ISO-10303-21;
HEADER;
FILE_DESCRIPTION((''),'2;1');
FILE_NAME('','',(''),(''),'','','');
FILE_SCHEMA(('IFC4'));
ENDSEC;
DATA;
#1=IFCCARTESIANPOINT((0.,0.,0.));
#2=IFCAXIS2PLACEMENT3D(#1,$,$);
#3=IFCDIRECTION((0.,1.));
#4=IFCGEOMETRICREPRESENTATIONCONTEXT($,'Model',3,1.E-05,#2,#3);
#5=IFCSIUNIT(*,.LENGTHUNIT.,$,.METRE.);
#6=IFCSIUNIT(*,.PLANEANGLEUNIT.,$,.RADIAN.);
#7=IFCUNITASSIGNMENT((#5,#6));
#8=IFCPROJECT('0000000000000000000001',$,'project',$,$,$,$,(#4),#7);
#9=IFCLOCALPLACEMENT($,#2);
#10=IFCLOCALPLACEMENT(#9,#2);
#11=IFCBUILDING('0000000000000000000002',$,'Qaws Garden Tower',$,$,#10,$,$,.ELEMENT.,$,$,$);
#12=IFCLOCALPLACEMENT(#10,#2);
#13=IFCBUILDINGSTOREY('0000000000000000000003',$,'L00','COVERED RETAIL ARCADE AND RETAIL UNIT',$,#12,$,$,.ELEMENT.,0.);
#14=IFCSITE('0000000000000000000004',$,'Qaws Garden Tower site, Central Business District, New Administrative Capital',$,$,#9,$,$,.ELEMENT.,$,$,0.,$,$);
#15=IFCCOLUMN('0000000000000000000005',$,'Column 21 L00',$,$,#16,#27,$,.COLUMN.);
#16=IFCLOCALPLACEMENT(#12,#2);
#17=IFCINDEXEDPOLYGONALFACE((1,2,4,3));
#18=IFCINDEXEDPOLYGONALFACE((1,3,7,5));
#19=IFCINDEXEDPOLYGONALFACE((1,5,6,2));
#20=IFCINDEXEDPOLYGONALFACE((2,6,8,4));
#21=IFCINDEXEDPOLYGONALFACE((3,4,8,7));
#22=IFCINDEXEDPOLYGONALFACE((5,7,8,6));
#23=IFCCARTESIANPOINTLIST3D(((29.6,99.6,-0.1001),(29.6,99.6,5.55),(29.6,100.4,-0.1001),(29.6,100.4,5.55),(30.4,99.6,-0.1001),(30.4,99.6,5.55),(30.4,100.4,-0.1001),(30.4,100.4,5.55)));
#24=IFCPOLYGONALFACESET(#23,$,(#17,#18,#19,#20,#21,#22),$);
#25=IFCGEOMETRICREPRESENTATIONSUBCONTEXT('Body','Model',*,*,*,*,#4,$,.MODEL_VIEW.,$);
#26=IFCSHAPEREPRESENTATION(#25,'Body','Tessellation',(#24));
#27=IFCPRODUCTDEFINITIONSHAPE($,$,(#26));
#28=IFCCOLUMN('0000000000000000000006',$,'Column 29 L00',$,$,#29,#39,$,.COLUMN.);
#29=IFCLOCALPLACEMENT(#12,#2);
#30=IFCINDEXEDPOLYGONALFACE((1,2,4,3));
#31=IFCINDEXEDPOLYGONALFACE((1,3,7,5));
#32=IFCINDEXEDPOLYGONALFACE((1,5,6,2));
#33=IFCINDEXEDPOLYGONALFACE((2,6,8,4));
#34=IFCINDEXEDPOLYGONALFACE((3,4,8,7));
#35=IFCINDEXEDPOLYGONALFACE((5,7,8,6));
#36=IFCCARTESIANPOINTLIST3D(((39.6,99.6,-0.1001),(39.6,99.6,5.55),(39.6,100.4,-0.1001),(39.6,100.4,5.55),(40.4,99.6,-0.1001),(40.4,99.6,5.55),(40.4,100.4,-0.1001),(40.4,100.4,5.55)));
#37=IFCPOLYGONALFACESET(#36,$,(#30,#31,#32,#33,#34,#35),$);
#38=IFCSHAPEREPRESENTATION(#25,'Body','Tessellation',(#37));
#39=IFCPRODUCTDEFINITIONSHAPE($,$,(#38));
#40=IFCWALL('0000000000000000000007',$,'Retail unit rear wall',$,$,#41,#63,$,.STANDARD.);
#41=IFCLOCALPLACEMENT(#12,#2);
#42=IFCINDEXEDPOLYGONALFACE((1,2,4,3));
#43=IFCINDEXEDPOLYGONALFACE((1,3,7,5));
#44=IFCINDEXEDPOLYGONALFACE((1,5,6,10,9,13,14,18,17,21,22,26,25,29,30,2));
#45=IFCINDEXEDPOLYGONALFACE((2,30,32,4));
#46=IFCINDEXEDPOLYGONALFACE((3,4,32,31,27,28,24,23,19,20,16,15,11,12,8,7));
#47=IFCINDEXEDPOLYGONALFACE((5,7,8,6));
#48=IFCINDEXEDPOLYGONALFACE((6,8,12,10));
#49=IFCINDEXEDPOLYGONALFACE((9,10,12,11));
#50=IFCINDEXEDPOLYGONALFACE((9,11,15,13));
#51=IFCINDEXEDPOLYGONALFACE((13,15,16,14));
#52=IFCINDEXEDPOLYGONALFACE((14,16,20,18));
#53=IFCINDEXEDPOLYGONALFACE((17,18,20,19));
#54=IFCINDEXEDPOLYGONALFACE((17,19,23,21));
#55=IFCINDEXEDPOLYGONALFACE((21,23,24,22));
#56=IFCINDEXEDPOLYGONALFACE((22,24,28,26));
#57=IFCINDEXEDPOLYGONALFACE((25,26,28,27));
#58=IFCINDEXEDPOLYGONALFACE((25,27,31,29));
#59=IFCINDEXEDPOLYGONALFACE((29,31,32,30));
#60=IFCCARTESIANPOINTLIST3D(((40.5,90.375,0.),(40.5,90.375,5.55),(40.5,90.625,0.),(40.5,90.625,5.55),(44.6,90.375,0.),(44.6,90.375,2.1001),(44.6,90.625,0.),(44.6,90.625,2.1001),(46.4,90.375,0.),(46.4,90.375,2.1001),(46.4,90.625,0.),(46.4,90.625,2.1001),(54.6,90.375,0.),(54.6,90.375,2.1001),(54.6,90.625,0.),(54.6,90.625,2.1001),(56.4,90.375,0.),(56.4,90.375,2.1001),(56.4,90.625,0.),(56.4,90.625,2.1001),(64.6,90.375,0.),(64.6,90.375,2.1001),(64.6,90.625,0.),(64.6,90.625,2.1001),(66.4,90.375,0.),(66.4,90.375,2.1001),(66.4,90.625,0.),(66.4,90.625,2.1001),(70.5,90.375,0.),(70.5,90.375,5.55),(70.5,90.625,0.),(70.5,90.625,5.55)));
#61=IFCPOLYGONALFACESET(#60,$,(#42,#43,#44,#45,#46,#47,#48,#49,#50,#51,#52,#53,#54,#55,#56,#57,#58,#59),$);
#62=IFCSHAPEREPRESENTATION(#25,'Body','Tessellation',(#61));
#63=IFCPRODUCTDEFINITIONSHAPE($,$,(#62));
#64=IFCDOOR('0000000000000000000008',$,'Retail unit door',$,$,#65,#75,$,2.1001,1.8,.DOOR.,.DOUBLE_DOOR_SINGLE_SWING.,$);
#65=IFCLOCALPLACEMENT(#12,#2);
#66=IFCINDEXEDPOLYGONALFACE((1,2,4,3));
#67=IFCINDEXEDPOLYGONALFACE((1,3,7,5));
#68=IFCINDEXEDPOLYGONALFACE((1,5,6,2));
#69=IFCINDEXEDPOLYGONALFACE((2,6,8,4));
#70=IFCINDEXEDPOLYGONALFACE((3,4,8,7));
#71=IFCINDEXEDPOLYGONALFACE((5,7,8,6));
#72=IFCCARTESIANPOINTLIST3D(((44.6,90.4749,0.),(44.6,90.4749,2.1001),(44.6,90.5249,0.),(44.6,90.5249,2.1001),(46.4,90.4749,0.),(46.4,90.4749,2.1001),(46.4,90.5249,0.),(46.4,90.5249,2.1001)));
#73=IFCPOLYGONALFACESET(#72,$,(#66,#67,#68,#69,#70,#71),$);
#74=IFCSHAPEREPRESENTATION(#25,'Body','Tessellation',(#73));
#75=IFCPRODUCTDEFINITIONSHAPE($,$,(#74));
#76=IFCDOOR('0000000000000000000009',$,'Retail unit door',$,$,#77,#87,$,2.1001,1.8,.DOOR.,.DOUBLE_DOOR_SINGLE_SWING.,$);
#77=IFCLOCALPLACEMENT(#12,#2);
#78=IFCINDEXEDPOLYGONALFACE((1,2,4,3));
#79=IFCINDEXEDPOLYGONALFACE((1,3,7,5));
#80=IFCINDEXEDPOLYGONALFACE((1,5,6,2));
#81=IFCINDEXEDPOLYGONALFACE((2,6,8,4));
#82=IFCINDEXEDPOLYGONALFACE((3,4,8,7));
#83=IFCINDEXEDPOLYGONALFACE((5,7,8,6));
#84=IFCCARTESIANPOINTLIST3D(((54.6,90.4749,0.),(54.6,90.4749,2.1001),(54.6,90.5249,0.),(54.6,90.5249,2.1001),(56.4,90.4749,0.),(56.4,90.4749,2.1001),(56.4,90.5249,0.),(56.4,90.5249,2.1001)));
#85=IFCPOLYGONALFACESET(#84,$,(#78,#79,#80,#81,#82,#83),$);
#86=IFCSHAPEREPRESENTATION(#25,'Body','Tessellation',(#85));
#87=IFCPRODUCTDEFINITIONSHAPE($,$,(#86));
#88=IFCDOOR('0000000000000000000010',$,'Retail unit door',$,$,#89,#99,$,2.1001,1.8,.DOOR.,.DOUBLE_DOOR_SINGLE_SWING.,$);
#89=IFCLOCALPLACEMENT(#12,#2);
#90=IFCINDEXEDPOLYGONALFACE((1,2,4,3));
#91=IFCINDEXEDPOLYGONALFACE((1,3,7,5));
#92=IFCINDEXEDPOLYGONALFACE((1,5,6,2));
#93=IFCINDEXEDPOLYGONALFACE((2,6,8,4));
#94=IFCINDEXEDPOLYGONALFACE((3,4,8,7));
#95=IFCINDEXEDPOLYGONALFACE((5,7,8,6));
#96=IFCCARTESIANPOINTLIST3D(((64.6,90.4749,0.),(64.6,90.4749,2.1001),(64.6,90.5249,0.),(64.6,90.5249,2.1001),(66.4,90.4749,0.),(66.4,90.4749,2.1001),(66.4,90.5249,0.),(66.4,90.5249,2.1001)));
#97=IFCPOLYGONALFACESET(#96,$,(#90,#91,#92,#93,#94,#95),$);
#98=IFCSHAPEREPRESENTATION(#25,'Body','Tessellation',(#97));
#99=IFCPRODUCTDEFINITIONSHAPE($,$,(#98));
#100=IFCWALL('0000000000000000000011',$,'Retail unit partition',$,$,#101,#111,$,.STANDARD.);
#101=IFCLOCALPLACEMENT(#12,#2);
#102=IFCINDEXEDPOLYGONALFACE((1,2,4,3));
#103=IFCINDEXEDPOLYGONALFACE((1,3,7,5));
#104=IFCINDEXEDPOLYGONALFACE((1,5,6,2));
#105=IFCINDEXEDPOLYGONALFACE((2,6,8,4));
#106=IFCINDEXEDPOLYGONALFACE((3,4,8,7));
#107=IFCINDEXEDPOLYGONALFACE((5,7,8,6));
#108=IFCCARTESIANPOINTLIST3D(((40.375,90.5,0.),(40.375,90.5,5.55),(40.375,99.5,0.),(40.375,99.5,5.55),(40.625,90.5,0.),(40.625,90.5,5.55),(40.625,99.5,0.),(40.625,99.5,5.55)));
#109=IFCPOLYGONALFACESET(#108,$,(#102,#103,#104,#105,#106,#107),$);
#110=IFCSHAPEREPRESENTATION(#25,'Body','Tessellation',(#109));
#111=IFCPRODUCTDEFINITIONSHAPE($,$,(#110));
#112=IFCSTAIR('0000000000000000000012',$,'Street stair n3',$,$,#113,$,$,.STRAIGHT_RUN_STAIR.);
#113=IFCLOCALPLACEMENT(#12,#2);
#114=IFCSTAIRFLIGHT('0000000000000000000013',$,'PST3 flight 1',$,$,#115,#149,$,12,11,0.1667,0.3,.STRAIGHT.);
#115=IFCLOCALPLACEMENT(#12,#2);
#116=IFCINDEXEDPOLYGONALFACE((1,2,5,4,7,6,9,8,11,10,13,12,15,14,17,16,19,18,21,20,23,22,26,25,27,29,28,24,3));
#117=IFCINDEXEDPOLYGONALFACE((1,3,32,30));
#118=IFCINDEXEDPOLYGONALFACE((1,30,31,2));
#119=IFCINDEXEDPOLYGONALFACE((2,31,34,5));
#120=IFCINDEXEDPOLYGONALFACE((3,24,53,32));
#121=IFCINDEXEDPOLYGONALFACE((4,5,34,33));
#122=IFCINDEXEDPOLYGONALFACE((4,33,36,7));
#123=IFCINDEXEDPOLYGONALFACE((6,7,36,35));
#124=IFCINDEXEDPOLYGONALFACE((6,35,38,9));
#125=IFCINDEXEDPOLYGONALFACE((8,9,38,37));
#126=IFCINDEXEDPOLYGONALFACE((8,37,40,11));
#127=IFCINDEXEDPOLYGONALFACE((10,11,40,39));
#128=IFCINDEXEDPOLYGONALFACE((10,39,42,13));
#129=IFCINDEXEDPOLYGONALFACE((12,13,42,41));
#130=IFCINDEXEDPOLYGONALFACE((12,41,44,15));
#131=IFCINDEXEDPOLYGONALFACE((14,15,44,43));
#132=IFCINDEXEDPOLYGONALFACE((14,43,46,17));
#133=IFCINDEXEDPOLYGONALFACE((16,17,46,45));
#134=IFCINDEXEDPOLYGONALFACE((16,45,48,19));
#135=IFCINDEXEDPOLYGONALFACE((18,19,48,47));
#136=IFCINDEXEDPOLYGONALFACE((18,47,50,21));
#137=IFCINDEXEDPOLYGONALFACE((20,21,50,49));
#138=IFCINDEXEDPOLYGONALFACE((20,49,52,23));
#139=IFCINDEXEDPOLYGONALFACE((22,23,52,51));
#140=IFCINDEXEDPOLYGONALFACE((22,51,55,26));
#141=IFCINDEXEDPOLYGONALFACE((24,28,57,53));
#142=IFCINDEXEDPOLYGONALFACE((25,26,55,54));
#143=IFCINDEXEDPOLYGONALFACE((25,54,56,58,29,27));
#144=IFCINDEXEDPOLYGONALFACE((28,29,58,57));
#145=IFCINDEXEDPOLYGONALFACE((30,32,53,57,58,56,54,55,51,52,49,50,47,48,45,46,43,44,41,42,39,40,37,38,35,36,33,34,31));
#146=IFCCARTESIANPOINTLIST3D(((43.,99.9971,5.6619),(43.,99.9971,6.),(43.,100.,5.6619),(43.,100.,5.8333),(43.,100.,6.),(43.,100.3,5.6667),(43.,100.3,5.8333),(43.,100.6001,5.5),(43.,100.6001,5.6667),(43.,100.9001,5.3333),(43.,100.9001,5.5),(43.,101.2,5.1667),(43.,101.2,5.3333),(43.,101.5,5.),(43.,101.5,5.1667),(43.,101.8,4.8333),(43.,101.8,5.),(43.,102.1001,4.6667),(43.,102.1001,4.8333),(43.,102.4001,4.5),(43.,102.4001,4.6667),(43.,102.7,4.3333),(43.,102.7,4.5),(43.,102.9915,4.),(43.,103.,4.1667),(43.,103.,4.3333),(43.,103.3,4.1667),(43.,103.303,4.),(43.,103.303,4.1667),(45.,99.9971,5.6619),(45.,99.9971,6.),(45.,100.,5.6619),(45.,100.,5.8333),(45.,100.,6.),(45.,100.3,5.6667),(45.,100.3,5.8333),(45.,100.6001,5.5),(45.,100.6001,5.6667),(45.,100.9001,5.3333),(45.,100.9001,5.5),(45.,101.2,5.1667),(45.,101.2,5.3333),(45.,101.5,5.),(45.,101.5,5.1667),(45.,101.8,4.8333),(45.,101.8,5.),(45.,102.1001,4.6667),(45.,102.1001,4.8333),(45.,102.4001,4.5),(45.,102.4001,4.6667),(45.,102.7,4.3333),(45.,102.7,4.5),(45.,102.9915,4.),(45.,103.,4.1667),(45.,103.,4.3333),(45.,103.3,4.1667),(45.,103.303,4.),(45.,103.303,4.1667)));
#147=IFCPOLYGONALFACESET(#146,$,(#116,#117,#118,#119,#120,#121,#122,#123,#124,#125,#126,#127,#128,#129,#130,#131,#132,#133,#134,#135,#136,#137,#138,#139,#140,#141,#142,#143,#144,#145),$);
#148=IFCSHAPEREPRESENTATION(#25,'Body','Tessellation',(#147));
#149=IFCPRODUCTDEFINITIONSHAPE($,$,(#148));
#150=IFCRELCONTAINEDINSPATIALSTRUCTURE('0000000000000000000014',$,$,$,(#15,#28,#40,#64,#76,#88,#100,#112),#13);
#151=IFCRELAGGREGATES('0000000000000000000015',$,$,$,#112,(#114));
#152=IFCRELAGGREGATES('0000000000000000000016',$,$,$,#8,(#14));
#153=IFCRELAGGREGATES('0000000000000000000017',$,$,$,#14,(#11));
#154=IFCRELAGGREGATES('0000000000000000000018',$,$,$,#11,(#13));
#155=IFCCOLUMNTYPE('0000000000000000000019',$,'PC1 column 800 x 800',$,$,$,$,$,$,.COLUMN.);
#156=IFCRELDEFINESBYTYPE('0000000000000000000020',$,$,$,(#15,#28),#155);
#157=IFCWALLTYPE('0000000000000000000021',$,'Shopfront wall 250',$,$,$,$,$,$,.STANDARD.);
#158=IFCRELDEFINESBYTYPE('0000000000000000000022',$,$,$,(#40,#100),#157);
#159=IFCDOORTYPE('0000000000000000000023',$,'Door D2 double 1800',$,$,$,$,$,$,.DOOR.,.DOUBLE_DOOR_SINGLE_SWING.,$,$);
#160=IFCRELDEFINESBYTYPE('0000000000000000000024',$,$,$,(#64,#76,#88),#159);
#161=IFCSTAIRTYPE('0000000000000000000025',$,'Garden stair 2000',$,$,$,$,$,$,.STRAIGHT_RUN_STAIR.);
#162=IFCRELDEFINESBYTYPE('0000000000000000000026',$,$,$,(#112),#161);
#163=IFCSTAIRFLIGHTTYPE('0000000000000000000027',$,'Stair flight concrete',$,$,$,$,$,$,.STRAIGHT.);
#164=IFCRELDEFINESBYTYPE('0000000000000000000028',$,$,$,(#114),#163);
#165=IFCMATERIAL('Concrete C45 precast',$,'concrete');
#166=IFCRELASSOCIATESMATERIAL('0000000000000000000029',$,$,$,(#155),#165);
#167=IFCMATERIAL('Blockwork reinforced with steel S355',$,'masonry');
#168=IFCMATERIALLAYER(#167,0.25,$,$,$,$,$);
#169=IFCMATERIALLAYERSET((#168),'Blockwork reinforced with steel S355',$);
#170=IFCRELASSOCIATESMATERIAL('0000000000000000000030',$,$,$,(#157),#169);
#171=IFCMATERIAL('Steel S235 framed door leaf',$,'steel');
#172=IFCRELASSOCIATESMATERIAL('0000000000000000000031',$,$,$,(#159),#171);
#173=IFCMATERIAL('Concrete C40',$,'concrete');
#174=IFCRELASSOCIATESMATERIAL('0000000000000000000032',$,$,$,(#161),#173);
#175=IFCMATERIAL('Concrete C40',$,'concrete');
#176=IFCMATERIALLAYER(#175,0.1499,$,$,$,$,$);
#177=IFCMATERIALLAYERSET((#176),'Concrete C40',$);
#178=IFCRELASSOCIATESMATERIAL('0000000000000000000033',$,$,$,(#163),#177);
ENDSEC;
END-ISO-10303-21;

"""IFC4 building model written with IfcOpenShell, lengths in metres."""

from ifc_helpers import new_model, si_unit, direction, frame, frame_2d, origin, origin_2d, place, context, subcontext, project, spatial, polyline, rectangle, outline, extrude, material, layer, layer_set, material_profile, profile_set, type_object, element, fill, aggregate, save


model = new_model("IFC4")

# Units and contexts
model_context = context("Model", 3, precision=1e-05, world=origin(), true_north=direction((0.0, 1.0)))
body_context = subcontext(model_context, "Body", "Model", "MODEL_VIEW")
ifc_project = project(units=[si_unit("LENGTHUNIT", "METRE"), si_unit("PLANEANGLEUNIT", "RADIAN")], contexts=[model_context])

# Site, building, storey
site_placement = place(None, origin())
site = spatial("IfcSite", under=ifc_project, at=site_placement, Name="Qaws Garden Tower site, Central Business District, New Administrative Capital", CompositionType="ELEMENT", RefElevation=0.0)
building_placement = place(site_placement, origin())
building = spatial("IfcBuilding", under=site, at=building_placement, Name="Qaws Garden Tower", CompositionType="ELEMENT")
storey_placement = place(building_placement, origin())
storey = spatial("IfcBuildingStorey", under=building, at=storey_placement, Name="L00", Description="COVERED RETAIL ARCADE AND RETAIL UNIT", CompositionType="ELEMENT", Elevation=0.0)

# Columns
ifc_material_1 = material(Name="Concrete C45 precast", Category="concrete")
ifc_material_profile = material_profile(ifc_material_1, rectangle(XDim=0.8, YDim=0.8, at=origin_2d()), Name="PC1 column 800 x 800")
ifc_profile_set = profile_set([ifc_material_profile], Name="Concrete C45 precast")
column_type = type_object("IfcColumnType", Name="PC1 column 800 x 800", PredefinedType="COLUMN", material=ifc_profile_set)
for number, where, z_axis, x_axis, name in (
    (1, (30.0, 100.0, -0.1001), (0.0, 0.0, 1.0), (1.0, 0.0, 0.0), "Column 21 L00"),
    (2, (40.0, 100.0, -0.1001), (0.0, 0.0, 1.0), (1.0, 0.0, 0.0), "Column 29 L00"),
):
    element("IfcColumn", number, at=place(storey_placement, frame(where, z_axis=z_axis, x_axis=x_axis)), inside=storey, type_object=column_type, Name=name, PredefinedType="COLUMN", context=body_context, shape_type="SweptSolid", body=[
        extrude(rectangle(XDim=0.8, YDim=0.8, at=origin_2d()), origin(), (0.0, 0.0, 1.0), 5.6501),
    ])

# Shared definitions
ifc_material_2 = material(Name="Blockwork reinforced with steel S355", Category="masonry")
ifc_layer_1 = layer(ifc_material_2, 0.25)
ifc_layer_set_1 = layer_set([ifc_layer_1], Name="Blockwork reinforced with steel S355")
wall_type = type_object("IfcWallType", Name="Shopfront wall 250", PredefinedType="STANDARD", material=ifc_layer_set_1)

# Wall, openings, doors
wall_1_placement = place(storey_placement, frame((40.5, 90.5, 0.0), z_axis=(0.0, 0.0, 1.0), x_axis=(1.0, 0.0, 0.0)))
wall_1 = element("IfcWall", 3, at=wall_1_placement, inside=storey, type_object=wall_type, Name="Retail unit rear wall", PredefinedType="STANDARD", context=body_context, shape_type="SweptSolid", body=[
    extrude(rectangle(XDim=30.0, YDim=0.25, at=frame_2d((15.0, 0.0))), origin(), (0.0, 0.0, 1.0), 5.55),
])
opening_1_placement = place(wall_1_placement, frame((4.1001, 0.0, 0.0)))
opening_1 = element("IfcOpeningElement", 4, at=opening_1_placement, cuts=wall_1, PredefinedType="OPENING", context=body_context, shape_type="SweptSolid", body=[
    extrude(rectangle(XDim=1.8, YDim=2.1001, at=frame_2d((0.8999, 1.05))), frame((0.0, 0.135, 0.0), z_axis=(0.0, -1.0, 0.0), x_axis=(1.0, 0.0, 0.0)), (0.0, 0.0, 1.0), 0.27),
])
opening_2_placement = place(wall_1_placement, frame((14.1001, 0.0, 0.0)))
opening_2 = element("IfcOpeningElement", 5, at=opening_2_placement, cuts=wall_1, PredefinedType="OPENING", context=body_context, shape_type="SweptSolid", body=[
    extrude(rectangle(XDim=1.8, YDim=2.1001, at=frame_2d((0.8999, 1.05))), frame((0.0, 0.135, 0.0), z_axis=(0.0, -1.0, 0.0), x_axis=(1.0, 0.0, 0.0)), (0.0, 0.0, 1.0), 0.27),
])
opening_3_placement = place(wall_1_placement, frame((24.1001, 0.0, 0.0)))
opening_3 = element("IfcOpeningElement", 6, at=opening_3_placement, cuts=wall_1, PredefinedType="OPENING", context=body_context, shape_type="SweptSolid", body=[
    extrude(rectangle(XDim=1.8, YDim=2.1001, at=frame_2d((0.8999, 1.05))), frame((0.0, 0.135, 0.0), z_axis=(0.0, -1.0, 0.0), x_axis=(1.0, 0.0, 0.0)), (0.0, 0.0, 1.0), 0.27),
])
ifc_material_3 = material(Name="Steel S235 framed door leaf", Category="steel")
door_type_1 = type_object("IfcDoorType", Name="Door D2 double 1800", OperationType="DOUBLE_DOOR_SINGLE_SWING", PredefinedType="DOOR", material=ifc_material_3)
door_1_placement = place(opening_1_placement, origin())
door_1 = element("IfcDoor", 7, at=door_1_placement, inside=storey, type_object=door_type_1, Name="Retail unit door", OperationType="DOUBLE_DOOR_SINGLE_SWING", OverallHeight=2.1001, OverallWidth=1.8, PredefinedType="DOOR", context=body_context, shape_type="SweptSolid", body=[
    extrude(rectangle(XDim=1.8, YDim=2.1001, at=frame_2d((0.8999, 1.05))), frame((0.0, 0.0249, 0.0), z_axis=(0.0, -1.0, 0.0), x_axis=(1.0, 0.0, 0.0)), (0.0, 0.0, 1.0), 0.05),
])
fill(opening_1, door_1)
door_2_placement = place(opening_2_placement, origin())
door_2 = element("IfcDoor", 8, at=door_2_placement, inside=storey, type_object=door_type_1, Name="Retail unit door", OperationType="DOUBLE_DOOR_SINGLE_SWING", OverallHeight=2.1001, OverallWidth=1.8, PredefinedType="DOOR", context=body_context, shape_type="SweptSolid", body=[
    extrude(rectangle(XDim=1.8, YDim=2.1001, at=frame_2d((0.8999, 1.05))), frame((0.0, 0.0249, 0.0), z_axis=(0.0, -1.0, 0.0), x_axis=(1.0, 0.0, 0.0)), (0.0, 0.0, 1.0), 0.05),
])
fill(opening_2, door_2)
door_3_placement = place(opening_3_placement, origin())
door_3 = element("IfcDoor", 9, at=door_3_placement, inside=storey, type_object=door_type_1, Name="Retail unit door", OperationType="DOUBLE_DOOR_SINGLE_SWING", OverallHeight=2.1001, OverallWidth=1.8, PredefinedType="DOOR", context=body_context, shape_type="SweptSolid", body=[
    extrude(rectangle(XDim=1.8, YDim=2.1001, at=frame_2d((0.8999, 1.05))), frame((0.0, 0.0249, 0.0), z_axis=(0.0, -1.0, 0.0), x_axis=(1.0, 0.0, 0.0)), (0.0, 0.0, 1.0), 0.05),
])
fill(opening_3, door_3)

# Wall
wall_2_placement = place(storey_placement, frame((40.5, 90.5, 0.0), z_axis=(0.0, 0.0, 1.0), x_axis=(0.0, 1.0, 0.0)))
element("IfcWall", 10, at=wall_2_placement, inside=storey, type_object=wall_type, Name="Retail unit partition", PredefinedType="STANDARD", context=body_context, shape_type="SweptSolid", body=[
    extrude(rectangle(XDim=9.0, YDim=0.25, at=frame_2d((4.5, 0.0))), origin(), (0.0, 0.0, 1.0), 5.55),
])

# Stair, stair flight
ifc_material_4 = material(Name="Concrete C40", Category="concrete")
stair_type = type_object("IfcStairType", Name="Garden stair 2000", PredefinedType="STRAIGHT_RUN_STAIR", material=ifc_material_4)
placement = place(storey_placement, origin())
stair_1 = element("IfcStair", 11, at=placement, inside=storey, type_object=stair_type, Name="Street stair n3", PredefinedType="STRAIGHT_RUN_STAIR")
ifc_material_5 = material(Name="Concrete C40", Category="concrete")
ifc_layer_2 = layer(ifc_material_5, 0.1499)
ifc_layer_set_2 = layer_set([ifc_layer_2], Name="Concrete C40")
stair_flight_type = type_object("IfcStairFlightType", Name="Stair flight concrete", PredefinedType="STRAIGHT", material=ifc_layer_set_2)
stair_flight_1_placement = place(storey_placement, frame((44.0, 103.3, 4.0), z_axis=(0.0, 0.0, 1.0), x_axis=(0.0, -1.0, 0.0)))
stair_flight_1 = element("IfcStairFlight", 12, at=stair_flight_1_placement, type_object=stair_flight_type, Name="PST3 flight 1", NumberOfRisers=12, NumberOfTreads=11, PredefinedType="STRAIGHT", RiserHeight=0.1667, TreadLength=0.3, context=body_context, shape_type="SweptSolid", body=[
    extrude(outline(polyline([(-0.0029, 0.0), (-0.0029, 0.1667), (0.0, 0.1667), (0.3, 0.1667), (0.3, 0.3333), (0.6001, 0.3333), (0.6001, 0.5), (0.8999, 0.5), (0.8999, 0.6667), (1.2, 0.6667), (1.2, 0.8333), (1.5, 0.8333), (1.5, 1.0), (1.8, 1.0), (1.8, 1.1667), (2.1001, 1.1667), (2.1001, 1.3333), (2.3999, 1.3333), (2.3999, 1.5), (2.7, 1.5), (2.7, 1.6667), (3.0, 1.6667), (3.0, 1.8333), (3.3, 1.8333), (3.3, 2.0), (3.303, 2.0), (3.303, 1.6619), (3.3, 1.6619), (0.3086, 0.0), (-0.0029, 0.0)])), frame((0.0, 1.0, 0.0), z_axis=(0.0, -1.0, 0.0), x_axis=(1.0, 0.0, 0.0)), (0.0, 0.0, 1.0), 2.0),
])
aggregate(stair_1, [stair_flight_1])

save(model, "model.ifc")
